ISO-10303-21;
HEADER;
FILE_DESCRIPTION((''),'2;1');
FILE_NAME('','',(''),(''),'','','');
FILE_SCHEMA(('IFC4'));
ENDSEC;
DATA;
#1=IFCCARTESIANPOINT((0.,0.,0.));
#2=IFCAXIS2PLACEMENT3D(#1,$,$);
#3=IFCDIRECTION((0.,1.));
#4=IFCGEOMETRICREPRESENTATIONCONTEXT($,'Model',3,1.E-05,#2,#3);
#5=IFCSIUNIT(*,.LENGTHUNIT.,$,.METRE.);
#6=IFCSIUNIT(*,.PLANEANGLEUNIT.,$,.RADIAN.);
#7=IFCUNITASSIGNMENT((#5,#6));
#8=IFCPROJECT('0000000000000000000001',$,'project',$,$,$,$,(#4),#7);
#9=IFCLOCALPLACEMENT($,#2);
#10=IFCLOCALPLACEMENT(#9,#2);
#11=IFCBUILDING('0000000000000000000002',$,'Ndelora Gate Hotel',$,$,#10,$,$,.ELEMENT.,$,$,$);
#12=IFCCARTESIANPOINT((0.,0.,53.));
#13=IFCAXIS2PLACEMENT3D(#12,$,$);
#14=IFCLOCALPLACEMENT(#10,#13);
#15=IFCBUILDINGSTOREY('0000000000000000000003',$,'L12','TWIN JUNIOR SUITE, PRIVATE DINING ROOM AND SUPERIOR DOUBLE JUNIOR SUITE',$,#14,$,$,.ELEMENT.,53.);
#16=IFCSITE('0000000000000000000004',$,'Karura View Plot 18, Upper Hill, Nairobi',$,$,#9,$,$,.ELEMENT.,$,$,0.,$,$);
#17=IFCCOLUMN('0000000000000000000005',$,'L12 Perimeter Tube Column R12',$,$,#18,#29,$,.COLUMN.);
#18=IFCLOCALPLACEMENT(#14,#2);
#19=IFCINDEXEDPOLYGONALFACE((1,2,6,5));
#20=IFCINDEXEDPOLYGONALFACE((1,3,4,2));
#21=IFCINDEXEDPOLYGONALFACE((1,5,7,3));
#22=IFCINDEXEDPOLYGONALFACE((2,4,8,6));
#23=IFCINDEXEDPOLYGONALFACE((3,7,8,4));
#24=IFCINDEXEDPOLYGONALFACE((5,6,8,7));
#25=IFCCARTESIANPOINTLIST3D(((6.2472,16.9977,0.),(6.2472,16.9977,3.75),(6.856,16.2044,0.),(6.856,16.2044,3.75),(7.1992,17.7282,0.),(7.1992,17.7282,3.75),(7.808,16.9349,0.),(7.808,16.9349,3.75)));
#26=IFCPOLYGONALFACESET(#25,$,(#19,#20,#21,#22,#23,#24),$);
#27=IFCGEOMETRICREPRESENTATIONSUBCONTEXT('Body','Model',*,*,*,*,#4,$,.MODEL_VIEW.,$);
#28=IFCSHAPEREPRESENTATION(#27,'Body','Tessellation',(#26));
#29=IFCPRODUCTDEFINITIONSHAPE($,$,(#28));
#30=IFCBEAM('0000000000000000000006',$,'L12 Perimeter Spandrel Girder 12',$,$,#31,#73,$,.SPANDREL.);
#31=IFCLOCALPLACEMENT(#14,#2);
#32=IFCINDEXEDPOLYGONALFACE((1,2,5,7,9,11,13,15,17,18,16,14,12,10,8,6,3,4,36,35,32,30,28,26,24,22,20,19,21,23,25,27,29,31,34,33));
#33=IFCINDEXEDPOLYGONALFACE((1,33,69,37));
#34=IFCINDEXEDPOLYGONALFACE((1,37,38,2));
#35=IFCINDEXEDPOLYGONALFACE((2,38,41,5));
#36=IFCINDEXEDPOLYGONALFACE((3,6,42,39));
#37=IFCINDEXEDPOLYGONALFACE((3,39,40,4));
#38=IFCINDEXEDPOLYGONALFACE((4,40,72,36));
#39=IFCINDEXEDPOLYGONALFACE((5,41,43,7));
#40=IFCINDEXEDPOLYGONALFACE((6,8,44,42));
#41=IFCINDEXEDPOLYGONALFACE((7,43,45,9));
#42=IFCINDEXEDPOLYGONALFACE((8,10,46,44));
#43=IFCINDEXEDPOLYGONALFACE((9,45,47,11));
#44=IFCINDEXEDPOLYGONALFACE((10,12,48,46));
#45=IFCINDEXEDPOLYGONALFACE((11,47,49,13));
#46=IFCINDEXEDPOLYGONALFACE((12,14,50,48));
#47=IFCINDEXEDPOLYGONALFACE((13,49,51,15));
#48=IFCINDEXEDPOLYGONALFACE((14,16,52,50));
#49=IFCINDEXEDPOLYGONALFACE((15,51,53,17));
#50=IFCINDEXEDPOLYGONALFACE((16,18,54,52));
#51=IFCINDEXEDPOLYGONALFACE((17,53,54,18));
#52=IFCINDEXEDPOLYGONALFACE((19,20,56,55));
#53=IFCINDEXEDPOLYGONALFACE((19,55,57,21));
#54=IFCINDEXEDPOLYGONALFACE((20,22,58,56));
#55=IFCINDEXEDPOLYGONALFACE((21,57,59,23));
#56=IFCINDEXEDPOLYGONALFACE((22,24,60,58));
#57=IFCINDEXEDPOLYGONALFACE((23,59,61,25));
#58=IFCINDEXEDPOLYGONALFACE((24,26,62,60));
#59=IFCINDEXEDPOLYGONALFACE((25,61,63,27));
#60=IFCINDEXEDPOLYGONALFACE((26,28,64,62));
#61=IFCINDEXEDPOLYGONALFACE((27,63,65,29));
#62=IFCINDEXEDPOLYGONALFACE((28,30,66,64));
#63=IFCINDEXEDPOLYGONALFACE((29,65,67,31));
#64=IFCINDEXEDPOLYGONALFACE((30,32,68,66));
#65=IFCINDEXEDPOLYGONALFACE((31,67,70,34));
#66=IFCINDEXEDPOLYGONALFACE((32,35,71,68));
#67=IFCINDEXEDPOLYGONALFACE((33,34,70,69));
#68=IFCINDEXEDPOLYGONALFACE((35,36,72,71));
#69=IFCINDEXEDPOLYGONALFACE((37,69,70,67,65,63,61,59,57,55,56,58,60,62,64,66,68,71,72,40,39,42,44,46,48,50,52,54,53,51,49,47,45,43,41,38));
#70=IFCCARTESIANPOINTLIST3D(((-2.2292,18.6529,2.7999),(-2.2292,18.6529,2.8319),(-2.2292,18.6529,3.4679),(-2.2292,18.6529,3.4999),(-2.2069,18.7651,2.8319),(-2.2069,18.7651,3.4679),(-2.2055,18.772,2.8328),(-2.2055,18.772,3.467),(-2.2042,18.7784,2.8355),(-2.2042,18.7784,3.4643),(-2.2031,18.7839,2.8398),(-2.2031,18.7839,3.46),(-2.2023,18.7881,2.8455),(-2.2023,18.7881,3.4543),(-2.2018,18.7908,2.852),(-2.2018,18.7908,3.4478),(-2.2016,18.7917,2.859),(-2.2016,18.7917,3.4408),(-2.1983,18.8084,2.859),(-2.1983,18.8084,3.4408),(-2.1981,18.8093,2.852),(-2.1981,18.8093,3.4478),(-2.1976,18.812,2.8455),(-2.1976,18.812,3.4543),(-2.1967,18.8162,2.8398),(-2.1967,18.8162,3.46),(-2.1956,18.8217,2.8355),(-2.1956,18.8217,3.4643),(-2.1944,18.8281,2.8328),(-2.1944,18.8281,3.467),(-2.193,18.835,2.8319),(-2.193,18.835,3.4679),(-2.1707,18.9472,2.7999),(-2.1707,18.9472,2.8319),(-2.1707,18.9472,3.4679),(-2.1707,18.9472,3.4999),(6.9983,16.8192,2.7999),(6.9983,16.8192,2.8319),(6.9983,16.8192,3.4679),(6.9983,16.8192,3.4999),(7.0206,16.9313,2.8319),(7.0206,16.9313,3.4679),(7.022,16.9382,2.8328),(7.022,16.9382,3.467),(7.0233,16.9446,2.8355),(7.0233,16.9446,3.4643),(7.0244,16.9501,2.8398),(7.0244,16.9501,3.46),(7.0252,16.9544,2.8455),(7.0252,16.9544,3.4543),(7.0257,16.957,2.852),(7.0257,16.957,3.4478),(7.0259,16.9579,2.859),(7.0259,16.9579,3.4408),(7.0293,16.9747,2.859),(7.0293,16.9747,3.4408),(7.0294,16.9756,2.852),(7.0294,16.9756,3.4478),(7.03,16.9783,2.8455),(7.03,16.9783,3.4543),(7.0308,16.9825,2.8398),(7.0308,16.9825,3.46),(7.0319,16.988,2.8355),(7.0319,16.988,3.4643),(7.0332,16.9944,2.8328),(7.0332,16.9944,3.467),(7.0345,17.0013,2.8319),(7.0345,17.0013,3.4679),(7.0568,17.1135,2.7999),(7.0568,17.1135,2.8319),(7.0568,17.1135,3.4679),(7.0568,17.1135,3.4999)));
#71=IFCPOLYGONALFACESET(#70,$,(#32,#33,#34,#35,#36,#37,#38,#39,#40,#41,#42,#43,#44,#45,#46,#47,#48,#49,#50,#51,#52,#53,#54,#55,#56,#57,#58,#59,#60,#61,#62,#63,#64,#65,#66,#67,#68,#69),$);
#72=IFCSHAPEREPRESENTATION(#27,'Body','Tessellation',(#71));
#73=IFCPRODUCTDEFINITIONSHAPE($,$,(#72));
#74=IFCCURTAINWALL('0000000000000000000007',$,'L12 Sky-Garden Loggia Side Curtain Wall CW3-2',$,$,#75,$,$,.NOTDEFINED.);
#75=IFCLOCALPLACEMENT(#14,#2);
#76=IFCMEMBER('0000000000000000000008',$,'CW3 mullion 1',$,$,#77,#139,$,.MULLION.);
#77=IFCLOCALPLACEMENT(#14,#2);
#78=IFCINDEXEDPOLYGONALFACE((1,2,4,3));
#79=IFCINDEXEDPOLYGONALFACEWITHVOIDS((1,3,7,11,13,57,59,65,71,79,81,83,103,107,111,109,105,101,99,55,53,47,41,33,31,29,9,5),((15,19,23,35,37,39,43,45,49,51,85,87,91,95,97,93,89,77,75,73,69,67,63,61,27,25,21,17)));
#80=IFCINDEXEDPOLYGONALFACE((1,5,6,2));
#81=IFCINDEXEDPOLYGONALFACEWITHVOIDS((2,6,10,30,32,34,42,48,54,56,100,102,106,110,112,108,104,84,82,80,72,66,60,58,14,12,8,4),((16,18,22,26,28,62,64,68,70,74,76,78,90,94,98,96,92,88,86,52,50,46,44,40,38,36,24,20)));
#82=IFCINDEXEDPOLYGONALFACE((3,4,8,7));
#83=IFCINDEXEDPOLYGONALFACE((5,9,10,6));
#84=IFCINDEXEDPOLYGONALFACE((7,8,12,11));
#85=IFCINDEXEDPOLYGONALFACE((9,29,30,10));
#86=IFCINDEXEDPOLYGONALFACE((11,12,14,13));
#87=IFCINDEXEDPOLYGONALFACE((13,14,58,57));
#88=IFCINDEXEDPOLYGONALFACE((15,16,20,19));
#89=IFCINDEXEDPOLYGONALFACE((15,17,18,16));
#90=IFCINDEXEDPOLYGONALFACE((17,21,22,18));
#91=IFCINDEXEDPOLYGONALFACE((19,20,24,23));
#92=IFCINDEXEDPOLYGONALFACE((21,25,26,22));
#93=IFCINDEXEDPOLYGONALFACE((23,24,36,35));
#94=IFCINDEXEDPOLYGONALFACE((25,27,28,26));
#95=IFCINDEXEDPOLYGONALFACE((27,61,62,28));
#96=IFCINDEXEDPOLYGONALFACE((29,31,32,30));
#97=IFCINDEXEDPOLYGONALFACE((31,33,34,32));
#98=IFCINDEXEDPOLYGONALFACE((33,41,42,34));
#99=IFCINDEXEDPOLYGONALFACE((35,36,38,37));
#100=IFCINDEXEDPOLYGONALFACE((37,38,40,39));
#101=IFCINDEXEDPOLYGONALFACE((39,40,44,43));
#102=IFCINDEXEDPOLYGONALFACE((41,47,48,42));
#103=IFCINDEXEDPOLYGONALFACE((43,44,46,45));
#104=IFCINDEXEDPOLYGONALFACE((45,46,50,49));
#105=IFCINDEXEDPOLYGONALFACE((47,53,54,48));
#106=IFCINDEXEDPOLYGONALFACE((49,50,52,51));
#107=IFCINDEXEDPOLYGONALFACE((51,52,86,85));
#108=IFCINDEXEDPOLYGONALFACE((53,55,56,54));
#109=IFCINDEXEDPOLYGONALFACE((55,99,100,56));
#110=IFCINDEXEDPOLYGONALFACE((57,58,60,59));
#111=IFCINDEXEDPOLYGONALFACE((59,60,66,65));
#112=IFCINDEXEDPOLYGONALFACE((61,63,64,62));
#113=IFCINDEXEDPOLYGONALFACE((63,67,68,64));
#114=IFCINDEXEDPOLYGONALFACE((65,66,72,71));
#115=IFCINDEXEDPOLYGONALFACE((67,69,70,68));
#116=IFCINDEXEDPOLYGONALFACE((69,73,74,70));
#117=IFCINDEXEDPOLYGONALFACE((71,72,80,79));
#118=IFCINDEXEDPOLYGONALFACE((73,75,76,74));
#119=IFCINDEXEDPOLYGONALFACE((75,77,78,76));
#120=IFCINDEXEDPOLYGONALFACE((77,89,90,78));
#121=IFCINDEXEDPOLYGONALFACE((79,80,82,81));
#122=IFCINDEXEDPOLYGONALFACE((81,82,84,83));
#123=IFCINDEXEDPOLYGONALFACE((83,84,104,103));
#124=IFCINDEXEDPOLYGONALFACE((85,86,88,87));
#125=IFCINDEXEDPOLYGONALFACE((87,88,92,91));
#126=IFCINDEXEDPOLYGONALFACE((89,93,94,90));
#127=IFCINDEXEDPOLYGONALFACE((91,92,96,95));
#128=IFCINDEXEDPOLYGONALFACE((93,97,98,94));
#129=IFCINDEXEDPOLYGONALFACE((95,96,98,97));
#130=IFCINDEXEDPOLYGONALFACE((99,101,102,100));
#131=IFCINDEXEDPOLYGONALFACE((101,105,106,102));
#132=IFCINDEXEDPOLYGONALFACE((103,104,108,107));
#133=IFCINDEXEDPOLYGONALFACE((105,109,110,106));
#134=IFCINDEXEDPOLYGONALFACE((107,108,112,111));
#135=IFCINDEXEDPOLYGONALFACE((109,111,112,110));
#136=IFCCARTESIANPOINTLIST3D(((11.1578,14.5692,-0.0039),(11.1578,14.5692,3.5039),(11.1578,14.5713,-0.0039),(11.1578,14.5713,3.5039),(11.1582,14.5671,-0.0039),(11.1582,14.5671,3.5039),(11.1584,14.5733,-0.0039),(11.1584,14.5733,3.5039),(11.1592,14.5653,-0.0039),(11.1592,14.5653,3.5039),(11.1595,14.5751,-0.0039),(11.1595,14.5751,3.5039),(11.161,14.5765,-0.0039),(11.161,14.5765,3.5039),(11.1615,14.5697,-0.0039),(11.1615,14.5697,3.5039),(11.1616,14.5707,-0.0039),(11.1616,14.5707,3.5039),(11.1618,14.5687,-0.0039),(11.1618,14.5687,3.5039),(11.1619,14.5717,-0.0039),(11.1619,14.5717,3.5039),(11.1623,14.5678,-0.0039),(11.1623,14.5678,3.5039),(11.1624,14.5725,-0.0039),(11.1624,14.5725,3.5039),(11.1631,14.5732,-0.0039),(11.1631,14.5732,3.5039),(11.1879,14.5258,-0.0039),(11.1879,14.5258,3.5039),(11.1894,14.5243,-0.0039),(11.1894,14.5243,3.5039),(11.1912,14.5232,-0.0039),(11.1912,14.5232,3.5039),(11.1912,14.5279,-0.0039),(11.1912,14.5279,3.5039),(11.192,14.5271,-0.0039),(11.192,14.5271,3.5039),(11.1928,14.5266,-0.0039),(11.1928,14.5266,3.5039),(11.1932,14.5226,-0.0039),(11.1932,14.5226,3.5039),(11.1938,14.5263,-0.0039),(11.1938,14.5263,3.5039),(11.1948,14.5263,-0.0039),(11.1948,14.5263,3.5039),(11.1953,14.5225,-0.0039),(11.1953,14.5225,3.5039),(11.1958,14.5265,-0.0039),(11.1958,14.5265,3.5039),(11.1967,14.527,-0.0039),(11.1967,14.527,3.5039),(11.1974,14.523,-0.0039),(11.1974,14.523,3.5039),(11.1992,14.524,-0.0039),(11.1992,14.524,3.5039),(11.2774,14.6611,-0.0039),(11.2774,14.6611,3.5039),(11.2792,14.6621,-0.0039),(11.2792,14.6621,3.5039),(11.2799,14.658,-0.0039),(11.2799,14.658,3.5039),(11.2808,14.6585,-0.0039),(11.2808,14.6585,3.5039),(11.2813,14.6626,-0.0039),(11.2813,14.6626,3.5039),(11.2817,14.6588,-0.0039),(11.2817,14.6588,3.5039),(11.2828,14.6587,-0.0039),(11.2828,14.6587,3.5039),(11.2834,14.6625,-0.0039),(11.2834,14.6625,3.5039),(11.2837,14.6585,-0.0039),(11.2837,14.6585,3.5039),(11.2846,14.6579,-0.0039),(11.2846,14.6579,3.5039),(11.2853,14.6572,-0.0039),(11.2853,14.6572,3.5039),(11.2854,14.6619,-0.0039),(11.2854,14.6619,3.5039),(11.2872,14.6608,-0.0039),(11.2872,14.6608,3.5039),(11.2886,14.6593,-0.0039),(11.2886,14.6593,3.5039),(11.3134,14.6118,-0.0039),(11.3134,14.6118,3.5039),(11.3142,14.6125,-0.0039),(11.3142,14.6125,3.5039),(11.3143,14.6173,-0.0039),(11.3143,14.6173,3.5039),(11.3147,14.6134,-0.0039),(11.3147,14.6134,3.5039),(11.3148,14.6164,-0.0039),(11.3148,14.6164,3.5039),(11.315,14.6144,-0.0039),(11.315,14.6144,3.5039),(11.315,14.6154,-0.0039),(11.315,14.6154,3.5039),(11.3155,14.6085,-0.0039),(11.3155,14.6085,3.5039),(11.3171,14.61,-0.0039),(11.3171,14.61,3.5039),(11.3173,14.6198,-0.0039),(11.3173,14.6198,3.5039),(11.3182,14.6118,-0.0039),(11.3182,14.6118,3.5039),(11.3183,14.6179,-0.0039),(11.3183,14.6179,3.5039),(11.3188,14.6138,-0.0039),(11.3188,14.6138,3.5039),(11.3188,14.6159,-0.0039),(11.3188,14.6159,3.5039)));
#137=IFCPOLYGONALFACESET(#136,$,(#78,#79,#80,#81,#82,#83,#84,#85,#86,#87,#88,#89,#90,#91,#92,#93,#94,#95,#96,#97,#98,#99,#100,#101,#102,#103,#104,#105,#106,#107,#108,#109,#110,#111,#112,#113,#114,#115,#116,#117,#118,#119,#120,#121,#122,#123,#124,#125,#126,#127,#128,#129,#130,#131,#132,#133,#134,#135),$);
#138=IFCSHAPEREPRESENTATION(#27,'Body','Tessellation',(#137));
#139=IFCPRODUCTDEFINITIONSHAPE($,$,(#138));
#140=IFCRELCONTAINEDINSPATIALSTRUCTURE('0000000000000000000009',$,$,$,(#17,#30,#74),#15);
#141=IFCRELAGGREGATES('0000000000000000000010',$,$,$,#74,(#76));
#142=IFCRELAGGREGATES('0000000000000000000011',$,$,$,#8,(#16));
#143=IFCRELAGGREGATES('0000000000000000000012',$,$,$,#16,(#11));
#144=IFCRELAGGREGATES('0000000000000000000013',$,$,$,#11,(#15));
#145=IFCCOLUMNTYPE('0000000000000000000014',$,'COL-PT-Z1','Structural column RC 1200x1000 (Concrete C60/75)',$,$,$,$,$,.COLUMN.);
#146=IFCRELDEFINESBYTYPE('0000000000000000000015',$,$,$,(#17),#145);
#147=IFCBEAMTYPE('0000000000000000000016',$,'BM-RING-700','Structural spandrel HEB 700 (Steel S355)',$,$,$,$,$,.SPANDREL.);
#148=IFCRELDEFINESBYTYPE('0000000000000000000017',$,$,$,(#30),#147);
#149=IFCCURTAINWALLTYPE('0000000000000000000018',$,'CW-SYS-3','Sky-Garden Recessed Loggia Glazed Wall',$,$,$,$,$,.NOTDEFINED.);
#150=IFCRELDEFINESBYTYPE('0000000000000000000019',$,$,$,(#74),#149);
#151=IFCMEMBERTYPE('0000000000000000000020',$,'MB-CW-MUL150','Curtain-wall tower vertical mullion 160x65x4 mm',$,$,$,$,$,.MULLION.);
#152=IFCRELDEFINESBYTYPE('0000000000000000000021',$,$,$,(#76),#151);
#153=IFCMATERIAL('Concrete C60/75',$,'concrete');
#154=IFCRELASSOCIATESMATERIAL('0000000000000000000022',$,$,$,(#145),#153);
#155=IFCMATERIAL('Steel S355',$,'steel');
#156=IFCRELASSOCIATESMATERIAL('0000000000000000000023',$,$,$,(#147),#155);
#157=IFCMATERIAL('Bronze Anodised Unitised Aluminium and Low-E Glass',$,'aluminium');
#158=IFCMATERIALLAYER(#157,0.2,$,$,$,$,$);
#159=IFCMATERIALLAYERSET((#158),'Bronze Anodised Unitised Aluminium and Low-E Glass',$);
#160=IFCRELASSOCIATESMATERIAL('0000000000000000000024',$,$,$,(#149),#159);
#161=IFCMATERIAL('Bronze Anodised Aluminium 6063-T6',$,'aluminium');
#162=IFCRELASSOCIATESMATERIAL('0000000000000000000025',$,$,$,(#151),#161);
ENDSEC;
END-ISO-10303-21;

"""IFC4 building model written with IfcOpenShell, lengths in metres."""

from ifc_helpers import new_model, si_unit, direction, frame, origin, origin_2d, place, context, subcontext, project, spatial, rectangle, hollow_rectangle, i_section, extrude, material, layer, layer_set, material_profile, profile_set, type_object, element, aggregate, save


model = new_model("IFC4")

# Units and contexts
model_context = context("Model", 3, precision=1e-05, world=origin(), true_north=direction((0.0, 1.0)))
body_context = subcontext(model_context, "Body", "Model", "MODEL_VIEW")
ifc_project = project(units=[si_unit("LENGTHUNIT", "METRE"), si_unit("PLANEANGLEUNIT", "RADIAN")], contexts=[model_context])

# Site, building, storey
site_placement = place(None, origin())
site = spatial("IfcSite", under=ifc_project, at=site_placement, Name="Karura View Plot 18, Upper Hill, Nairobi", CompositionType="ELEMENT", RefElevation=0.0)
building_placement = place(site_placement, origin())
building = spatial("IfcBuilding", under=site, at=building_placement, Name="Ndelora Gate Hotel", CompositionType="ELEMENT")
storey_placement = place(building_placement, frame((0.0, 0.0, 53.0)))
storey = spatial("IfcBuildingStorey", under=building, at=storey_placement, Name="L12", Description="TWIN JUNIOR SUITE, PRIVATE DINING ROOM AND SUPERIOR DOUBLE JUNIOR SUITE", CompositionType="ELEMENT", Elevation=53.0)

# Column
ifc_material_1 = material(Name="Concrete C60/75", Category="concrete")
ifc_material_profile_1 = material_profile(ifc_material_1, rectangle(XDim=1.0, YDim=1.2, at=origin_2d()), Name="RC 1200x1000")
ifc_profile_set_1 = profile_set([ifc_material_profile_1], Name="Concrete C60/75")
column_type = type_object("IfcColumnType", Name="COL-PT-Z1", Description="Structural column RC 1200x1000 (Concrete C60/75)", PredefinedType="COLUMN", material=ifc_profile_set_1)
column_placement = place(storey_placement, frame((7.0276, 16.9663, 0.0), z_axis=(0.0, 0.0, 1.0), x_axis=(-0.608761, 0.793353, 0.0)))
element("IfcColumn", 1, at=column_placement, inside=storey, type_object=column_type, Name="L12 Perimeter Tube Column R12", PredefinedType="COLUMN", context=body_context, shape_type="SweptSolid", body=[
    extrude(rectangle(XDim=1.0, YDim=1.2, at=origin_2d()), origin(), (0.0, 0.0, 1.0), 3.75),
])

# Beam
ifc_material_2 = material(Name="Steel S355", Category="steel")
ifc_material_profile_2 = material_profile(ifc_material_2, i_section(OverallWidth=0.3, OverallDepth=0.7, WebThickness=0.0171, FlangeThickness=0.032, FilletRadius=0.0271, at=origin_2d()), Name="HEB 700")
ifc_profile_set_2 = profile_set([ifc_material_profile_2], Name="Steel S355")
beam_type = type_object("IfcBeamType", Name="BM-RING-700", Description="Structural spandrel HEB 700 (Steel S355)", PredefinedType="SPANDREL", material=ifc_profile_set_2)
beam_placement = place(storey_placement, frame((7.0276, 16.9663, 3.1499), z_axis=(-0.98082, 0.194913, 0.0), x_axis=(-0.194913, -0.98082, 0.0)))
element("IfcBeam", 2, at=beam_placement, inside=storey, type_object=beam_type, Name="L12 Perimeter Spandrel Girder 12", PredefinedType="SPANDREL", context=body_context, shape_type="SweptSolid", body=[
    extrude(i_section(OverallWidth=0.3, OverallDepth=0.7, WebThickness=0.0171, FlangeThickness=0.032, FilletRadius=0.0271, at=origin_2d()), origin(), (0.0, 0.0, 1.0), 9.408),
])

# Curtain wall, member
ifc_material_3 = material(Name="Bronze Anodised Unitised Aluminium and Low-E Glass", Category="aluminium")
ifc_layer_1 = layer(ifc_material_3, 0.2)
ifc_layer_set_1 = layer_set([ifc_layer_1], Name="Bronze Anodised Unitised Aluminium and Low-E Glass")
curtain_wall_type = type_object("IfcCurtainWallType", Name="CW-SYS-3", Description="Sky-Garden Recessed Loggia Glazed Wall", PredefinedType="NOTDEFINED", material=ifc_layer_set_1)
curtain_wall_placement = place(storey_placement, origin())
curtain_wall = element("IfcCurtainWall", 3, at=curtain_wall_placement, inside=storey, type_object=curtain_wall_type, Name="L12 Sky-Garden Loggia Side Curtain Wall CW3-2", PredefinedType="NOTDEFINED")
ifc_material_4 = material(Name="Bronze Anodised Aluminium 6063-T6", Category="aluminium")
ifc_material_profile_3 = material_profile(ifc_material_4, hollow_rectangle(XDim=0.0649, YDim=0.1599, WallThickness=0.0039, InnerFilletRadius=0.0039, OuterFilletRadius=0.0081, at=origin_2d()), Name="ALU 160x65x4")
ifc_profile_set_3 = profile_set([ifc_material_profile_3], Name="Bronze Anodised Aluminium 6063-T6")
member_type_1 = type_object("IfcMemberType", Name="MB-CW-MUL150", Description="Curtain-wall tower vertical mullion 160x65x4 mm", PredefinedType="MULLION", material=ifc_profile_set_3)
member_1_placement = place(storey_placement, frame((11.2383, 14.5925, -0.0039), z_axis=(0.0, 0.0, 1.0), x_axis=(0.587785, -0.809017, 0.0)))
member_1 = element("IfcMember", 4, at=member_1_placement, type_object=member_type_1, Name="CW3 mullion 1", PredefinedType="MULLION", context=body_context, shape_type="SweptSolid", body=[
    extrude(hollow_rectangle(XDim=0.0649, YDim=0.1599, WallThickness=0.0039, InnerFilletRadius=0.0039, OuterFilletRadius=0.0081, at=origin_2d()), origin(), (0.0, 0.0, 1.0), 3.5078),
])
aggregate(curtain_wall, [member_1])

save(model, "model.ifc")
